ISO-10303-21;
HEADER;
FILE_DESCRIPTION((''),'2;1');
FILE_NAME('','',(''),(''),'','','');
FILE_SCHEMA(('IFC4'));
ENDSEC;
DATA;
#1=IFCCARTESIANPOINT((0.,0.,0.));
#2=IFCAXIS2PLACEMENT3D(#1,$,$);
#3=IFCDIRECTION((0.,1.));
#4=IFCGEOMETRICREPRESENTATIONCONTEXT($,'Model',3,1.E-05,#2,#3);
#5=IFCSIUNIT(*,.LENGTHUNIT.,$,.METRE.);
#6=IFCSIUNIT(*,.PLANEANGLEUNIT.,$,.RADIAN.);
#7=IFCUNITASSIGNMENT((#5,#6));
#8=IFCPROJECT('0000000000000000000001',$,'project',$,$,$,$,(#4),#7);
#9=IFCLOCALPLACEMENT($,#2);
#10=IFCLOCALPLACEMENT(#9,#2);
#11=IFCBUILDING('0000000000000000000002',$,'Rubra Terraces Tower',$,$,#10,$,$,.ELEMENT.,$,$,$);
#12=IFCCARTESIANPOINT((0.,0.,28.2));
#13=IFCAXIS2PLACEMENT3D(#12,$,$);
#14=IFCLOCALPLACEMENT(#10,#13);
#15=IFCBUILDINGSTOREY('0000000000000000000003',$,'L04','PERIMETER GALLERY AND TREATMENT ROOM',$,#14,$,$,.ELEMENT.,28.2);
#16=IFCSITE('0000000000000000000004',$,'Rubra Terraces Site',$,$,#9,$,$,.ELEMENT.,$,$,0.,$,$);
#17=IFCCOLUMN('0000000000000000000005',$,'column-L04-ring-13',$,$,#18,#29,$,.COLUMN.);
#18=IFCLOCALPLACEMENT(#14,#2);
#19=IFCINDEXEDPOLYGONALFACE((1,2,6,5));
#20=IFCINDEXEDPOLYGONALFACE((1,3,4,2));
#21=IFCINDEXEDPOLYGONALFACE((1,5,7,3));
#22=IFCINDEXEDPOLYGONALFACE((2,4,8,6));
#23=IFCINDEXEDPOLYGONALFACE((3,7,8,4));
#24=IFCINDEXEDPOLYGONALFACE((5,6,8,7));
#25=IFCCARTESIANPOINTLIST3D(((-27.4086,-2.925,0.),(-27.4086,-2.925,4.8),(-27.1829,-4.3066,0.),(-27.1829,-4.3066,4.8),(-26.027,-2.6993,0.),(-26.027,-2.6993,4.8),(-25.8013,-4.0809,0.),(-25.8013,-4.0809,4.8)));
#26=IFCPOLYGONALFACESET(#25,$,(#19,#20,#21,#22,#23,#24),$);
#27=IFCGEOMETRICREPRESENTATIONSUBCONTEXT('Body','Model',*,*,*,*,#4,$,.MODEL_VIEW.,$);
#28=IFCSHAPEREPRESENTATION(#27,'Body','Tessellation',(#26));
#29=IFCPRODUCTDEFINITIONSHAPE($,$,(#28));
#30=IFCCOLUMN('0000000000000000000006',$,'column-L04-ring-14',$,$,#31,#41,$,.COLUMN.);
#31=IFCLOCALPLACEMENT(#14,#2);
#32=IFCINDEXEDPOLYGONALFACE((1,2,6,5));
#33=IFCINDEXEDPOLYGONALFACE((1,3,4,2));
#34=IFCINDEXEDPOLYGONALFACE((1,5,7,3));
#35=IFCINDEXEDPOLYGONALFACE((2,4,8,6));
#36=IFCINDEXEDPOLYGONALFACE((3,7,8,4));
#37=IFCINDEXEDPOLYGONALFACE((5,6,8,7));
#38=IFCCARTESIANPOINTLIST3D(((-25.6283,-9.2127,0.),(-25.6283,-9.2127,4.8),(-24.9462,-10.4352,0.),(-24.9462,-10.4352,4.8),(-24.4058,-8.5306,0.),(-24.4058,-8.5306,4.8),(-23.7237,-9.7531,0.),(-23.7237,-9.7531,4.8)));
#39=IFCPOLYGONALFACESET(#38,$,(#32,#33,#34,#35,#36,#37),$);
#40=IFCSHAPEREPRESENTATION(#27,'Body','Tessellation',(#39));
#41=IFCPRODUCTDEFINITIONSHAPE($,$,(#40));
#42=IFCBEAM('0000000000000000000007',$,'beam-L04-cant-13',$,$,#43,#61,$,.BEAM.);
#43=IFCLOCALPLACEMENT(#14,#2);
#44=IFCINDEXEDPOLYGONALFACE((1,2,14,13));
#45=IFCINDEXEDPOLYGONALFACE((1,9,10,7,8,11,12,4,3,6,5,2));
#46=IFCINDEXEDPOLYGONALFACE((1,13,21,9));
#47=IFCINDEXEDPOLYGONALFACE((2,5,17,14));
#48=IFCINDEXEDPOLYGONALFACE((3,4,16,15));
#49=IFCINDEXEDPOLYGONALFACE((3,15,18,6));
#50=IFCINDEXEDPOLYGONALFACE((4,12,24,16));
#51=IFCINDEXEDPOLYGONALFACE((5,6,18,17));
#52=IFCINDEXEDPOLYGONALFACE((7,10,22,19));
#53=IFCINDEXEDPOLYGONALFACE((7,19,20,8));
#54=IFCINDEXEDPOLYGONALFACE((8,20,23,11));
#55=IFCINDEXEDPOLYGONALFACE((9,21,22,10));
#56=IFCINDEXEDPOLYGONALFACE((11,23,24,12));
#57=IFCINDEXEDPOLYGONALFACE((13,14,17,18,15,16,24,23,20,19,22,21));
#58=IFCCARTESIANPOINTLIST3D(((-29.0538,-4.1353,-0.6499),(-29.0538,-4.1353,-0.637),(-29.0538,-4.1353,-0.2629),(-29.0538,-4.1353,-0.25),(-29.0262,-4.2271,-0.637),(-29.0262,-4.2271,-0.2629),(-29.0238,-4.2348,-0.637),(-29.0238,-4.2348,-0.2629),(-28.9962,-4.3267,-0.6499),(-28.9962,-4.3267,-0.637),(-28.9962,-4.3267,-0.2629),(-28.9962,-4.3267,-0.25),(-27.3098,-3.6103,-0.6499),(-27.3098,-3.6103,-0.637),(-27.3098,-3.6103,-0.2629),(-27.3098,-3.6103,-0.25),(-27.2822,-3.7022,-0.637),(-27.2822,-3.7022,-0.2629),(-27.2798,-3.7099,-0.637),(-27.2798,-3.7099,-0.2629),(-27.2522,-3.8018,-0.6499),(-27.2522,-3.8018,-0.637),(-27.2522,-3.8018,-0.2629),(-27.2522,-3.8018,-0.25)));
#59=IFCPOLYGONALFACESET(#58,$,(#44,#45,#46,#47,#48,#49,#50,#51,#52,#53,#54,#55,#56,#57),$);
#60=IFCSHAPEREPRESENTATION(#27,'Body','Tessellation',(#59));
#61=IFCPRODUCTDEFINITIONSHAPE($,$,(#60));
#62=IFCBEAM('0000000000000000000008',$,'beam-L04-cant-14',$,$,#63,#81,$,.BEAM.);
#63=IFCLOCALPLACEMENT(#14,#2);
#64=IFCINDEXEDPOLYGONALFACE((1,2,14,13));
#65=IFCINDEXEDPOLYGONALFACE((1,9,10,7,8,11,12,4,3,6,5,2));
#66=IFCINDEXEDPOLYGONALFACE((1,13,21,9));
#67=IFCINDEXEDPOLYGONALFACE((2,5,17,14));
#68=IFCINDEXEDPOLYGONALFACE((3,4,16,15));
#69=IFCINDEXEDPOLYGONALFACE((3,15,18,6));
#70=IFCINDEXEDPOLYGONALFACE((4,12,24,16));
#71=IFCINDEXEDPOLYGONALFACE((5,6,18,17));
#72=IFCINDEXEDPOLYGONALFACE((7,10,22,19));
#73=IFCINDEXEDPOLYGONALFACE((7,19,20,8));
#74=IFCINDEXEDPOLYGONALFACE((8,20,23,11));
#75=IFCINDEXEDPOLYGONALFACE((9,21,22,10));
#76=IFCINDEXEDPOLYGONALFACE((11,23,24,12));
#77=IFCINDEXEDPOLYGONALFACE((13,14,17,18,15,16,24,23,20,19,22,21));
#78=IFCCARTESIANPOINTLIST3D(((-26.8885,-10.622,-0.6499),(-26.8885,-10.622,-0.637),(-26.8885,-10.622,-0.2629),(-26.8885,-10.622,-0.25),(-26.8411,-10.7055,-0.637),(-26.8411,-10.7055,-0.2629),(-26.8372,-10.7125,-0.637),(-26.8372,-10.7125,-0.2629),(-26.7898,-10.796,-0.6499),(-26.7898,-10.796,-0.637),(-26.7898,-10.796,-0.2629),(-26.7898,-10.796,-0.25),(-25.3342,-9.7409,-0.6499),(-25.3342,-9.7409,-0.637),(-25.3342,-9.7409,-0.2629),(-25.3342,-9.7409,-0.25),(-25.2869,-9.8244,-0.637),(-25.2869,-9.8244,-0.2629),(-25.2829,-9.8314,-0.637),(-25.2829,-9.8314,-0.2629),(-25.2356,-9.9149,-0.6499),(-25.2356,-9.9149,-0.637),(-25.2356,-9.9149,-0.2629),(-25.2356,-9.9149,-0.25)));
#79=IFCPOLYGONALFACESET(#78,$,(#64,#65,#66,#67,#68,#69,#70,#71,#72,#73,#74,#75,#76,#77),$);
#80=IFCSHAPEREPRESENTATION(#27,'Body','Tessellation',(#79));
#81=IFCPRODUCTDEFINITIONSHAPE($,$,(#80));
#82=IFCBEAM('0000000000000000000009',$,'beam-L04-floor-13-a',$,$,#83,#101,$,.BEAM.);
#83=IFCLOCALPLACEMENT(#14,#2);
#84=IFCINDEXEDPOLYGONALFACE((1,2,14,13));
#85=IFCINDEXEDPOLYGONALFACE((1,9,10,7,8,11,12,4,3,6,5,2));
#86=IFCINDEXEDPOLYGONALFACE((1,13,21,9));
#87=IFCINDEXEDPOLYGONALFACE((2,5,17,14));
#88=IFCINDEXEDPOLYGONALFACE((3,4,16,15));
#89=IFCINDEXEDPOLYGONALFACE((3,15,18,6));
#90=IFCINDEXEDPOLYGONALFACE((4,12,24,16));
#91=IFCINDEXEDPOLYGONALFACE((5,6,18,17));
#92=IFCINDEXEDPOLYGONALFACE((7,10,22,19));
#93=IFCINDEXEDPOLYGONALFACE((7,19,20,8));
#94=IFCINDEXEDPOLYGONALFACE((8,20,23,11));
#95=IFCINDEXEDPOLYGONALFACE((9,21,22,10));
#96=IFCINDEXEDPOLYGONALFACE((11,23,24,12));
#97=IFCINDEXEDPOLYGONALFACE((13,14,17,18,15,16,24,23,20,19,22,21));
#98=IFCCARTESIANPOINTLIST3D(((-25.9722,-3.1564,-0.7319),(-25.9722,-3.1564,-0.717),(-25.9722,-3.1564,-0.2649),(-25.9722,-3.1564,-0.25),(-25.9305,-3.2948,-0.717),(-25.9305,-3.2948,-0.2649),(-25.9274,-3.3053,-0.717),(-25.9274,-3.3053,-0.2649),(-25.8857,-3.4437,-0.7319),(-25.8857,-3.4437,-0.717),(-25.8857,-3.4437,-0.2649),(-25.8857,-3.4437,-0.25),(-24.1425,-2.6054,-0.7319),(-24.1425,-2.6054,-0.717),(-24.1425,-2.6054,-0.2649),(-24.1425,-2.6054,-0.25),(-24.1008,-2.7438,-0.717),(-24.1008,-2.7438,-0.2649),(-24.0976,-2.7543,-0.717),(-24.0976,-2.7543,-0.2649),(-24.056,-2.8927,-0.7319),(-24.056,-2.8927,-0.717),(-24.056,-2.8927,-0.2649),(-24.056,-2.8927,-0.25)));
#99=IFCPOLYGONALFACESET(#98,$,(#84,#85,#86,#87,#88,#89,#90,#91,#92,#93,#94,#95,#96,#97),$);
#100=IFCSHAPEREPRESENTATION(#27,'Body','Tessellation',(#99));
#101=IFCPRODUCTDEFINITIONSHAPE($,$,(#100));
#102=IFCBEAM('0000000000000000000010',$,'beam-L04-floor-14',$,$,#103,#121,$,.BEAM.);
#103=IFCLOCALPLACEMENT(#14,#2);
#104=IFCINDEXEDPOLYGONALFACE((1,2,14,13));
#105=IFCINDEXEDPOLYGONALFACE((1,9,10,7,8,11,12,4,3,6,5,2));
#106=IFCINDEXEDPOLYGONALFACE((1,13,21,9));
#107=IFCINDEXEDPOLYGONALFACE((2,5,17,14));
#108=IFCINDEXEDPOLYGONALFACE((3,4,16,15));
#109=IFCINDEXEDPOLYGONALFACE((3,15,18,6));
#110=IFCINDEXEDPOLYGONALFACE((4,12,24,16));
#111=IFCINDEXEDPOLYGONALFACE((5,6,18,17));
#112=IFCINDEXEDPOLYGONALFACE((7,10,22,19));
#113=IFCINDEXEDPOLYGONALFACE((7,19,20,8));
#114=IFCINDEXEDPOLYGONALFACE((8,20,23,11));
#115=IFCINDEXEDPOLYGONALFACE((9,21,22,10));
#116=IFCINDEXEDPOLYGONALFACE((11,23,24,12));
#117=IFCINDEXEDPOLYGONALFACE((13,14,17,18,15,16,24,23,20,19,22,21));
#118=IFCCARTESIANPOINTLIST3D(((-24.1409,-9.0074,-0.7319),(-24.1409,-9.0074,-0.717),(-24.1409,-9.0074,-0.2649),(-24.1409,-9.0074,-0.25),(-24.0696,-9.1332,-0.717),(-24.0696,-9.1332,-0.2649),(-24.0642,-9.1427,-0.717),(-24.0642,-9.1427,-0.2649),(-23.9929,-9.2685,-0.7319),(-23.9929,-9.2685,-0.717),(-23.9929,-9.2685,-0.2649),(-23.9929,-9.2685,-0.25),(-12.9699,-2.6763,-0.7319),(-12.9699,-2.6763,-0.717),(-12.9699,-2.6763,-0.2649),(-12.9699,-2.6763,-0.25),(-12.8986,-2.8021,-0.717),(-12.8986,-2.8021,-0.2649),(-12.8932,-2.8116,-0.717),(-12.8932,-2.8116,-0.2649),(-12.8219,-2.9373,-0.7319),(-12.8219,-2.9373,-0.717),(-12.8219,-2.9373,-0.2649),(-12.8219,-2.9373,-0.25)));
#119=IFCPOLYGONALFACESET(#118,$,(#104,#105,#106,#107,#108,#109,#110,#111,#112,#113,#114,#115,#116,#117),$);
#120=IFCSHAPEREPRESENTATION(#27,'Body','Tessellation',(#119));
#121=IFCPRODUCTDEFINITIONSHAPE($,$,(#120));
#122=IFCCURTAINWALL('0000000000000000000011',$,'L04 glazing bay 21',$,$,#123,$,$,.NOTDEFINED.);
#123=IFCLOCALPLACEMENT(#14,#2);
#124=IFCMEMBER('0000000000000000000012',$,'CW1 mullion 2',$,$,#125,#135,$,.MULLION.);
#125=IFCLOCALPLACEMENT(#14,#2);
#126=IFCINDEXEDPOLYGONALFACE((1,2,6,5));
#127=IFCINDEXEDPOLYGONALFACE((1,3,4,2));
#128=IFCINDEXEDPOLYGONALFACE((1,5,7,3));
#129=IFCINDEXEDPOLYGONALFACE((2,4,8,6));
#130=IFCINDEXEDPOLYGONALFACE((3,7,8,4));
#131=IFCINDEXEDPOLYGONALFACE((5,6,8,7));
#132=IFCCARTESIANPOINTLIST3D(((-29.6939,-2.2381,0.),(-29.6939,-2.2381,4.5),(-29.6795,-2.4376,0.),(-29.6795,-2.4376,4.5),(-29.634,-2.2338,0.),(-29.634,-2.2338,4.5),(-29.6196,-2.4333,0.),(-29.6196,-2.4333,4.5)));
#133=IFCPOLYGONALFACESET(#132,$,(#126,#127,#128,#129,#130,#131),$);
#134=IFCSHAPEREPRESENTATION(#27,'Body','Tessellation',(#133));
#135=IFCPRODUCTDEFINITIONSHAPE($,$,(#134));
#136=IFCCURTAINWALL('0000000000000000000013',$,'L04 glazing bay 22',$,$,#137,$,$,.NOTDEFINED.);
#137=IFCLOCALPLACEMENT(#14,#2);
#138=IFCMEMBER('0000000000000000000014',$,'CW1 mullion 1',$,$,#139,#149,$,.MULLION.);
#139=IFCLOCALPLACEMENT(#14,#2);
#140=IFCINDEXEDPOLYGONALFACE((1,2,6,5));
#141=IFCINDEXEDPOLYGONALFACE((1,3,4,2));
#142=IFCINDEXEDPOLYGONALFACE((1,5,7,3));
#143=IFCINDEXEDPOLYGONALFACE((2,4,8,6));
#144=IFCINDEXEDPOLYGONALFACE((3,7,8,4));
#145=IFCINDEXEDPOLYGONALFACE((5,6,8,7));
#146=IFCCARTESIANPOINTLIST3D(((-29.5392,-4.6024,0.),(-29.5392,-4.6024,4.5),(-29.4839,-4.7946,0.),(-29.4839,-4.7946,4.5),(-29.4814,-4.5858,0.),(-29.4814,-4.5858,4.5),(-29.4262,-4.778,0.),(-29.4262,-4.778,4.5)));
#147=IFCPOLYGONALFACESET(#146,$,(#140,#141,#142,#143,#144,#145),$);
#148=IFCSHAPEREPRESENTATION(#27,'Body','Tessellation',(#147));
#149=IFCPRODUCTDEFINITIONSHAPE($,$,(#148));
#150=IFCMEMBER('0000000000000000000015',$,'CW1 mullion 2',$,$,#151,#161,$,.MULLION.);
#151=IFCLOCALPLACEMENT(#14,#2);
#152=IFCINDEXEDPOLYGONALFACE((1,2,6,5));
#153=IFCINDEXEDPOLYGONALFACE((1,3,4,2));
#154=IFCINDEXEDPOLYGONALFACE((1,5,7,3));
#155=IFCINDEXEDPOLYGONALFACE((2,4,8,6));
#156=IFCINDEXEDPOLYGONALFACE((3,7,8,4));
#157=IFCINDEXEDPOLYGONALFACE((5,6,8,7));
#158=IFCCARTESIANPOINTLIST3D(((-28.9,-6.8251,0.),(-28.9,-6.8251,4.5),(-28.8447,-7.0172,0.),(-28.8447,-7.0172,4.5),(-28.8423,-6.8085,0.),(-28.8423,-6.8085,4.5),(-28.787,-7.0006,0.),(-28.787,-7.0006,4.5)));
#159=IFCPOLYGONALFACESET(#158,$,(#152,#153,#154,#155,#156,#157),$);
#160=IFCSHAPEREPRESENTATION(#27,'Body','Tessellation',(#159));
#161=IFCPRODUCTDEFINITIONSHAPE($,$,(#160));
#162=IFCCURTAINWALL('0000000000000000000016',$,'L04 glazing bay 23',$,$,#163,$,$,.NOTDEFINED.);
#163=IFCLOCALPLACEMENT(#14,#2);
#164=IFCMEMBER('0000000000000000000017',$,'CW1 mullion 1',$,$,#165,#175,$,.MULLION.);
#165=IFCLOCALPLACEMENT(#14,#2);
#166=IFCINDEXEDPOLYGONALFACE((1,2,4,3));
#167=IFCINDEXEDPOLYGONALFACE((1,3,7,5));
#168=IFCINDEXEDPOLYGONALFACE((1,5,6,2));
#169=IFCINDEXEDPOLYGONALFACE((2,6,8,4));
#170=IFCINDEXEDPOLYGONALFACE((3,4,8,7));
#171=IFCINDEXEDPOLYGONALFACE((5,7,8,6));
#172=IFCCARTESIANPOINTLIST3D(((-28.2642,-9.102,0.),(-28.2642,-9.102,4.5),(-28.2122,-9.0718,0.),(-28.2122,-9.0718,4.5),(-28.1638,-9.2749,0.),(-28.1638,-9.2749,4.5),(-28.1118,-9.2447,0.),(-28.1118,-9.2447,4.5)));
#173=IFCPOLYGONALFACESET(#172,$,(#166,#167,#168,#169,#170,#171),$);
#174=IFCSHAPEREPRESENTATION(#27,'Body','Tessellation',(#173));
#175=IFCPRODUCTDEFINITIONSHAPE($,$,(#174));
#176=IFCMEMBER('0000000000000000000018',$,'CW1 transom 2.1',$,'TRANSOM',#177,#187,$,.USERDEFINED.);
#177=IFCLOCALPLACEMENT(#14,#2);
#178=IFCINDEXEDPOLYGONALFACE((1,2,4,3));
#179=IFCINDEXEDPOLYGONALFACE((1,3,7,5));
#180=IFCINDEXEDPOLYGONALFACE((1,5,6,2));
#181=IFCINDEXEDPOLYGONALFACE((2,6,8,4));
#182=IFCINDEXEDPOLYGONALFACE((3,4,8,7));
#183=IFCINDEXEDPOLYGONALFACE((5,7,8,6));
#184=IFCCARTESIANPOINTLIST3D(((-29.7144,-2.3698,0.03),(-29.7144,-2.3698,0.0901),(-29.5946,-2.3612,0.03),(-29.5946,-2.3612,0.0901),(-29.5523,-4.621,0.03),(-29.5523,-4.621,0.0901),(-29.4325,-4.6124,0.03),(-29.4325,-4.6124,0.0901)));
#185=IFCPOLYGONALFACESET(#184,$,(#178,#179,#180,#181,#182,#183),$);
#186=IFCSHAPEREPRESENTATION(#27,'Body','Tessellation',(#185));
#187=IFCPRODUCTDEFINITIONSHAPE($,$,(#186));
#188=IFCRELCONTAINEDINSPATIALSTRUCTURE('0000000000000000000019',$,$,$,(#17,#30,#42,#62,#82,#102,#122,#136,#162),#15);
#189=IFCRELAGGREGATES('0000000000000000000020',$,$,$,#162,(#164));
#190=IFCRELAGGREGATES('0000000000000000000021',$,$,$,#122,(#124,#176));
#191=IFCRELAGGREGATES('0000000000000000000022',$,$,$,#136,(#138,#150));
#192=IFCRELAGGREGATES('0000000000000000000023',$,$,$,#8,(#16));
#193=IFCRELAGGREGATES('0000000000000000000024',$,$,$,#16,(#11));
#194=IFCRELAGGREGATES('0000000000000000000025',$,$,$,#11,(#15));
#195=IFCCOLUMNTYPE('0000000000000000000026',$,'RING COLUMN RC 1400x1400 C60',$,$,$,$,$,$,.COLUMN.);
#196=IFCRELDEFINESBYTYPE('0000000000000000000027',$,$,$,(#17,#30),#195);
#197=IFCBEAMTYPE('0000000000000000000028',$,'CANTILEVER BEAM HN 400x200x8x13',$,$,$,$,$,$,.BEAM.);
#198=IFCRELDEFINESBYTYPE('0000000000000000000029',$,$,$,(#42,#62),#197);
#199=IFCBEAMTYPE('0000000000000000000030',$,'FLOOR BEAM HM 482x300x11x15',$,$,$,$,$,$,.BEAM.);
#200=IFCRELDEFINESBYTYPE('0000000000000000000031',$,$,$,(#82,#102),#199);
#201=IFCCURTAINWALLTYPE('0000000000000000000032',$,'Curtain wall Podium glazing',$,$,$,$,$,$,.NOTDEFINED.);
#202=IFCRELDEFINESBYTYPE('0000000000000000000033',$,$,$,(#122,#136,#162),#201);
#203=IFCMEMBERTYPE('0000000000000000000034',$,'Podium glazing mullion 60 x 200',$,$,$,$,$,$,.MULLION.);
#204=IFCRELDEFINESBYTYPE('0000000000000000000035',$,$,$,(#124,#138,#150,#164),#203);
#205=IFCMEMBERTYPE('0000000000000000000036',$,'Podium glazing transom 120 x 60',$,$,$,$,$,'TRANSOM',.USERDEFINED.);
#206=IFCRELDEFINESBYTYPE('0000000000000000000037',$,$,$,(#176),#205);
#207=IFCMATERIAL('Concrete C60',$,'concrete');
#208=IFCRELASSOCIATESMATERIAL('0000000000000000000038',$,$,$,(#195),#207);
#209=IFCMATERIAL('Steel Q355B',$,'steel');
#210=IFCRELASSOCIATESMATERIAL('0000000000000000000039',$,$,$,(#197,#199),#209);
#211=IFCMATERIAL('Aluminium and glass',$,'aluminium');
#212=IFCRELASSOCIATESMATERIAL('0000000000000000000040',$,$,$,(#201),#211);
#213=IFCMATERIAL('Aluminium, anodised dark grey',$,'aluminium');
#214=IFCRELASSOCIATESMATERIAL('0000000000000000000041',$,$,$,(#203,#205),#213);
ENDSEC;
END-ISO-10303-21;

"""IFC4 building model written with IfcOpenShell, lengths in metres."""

from ifc_helpers import new_model, si_unit, direction, frame, origin, origin_2d, place, context, subcontext, project, spatial, rectangle, i_section, extrude, material, material_profile, profile_set, type_object, element, aggregate, save


model = new_model("IFC4")

# Units and contexts
model_context = context("Model", 3, precision=1e-05, world=origin(), true_north=direction((0.0, 1.0)))
body_context = subcontext(model_context, "Body", "Model", "MODEL_VIEW")
ifc_project = project(units=[si_unit("LENGTHUNIT", "METRE"), si_unit("PLANEANGLEUNIT", "RADIAN")], contexts=[model_context])

# Site, building, storey
site_placement = place(None, origin())
site = spatial("IfcSite", under=ifc_project, at=site_placement, Name="Rubra Terraces Site", CompositionType="ELEMENT", RefElevation=0.0)
building_placement = place(site_placement, origin())
building = spatial("IfcBuilding", under=site, at=building_placement, Name="Rubra Terraces Tower", CompositionType="ELEMENT")
storey_placement = place(building_placement, frame((0.0, 0.0, 28.2)))
storey = spatial("IfcBuildingStorey", under=building, at=storey_placement, Name="L04", Description="PERIMETER GALLERY AND TREATMENT ROOM", CompositionType="ELEMENT", Elevation=28.2)

# Columns
ifc_material_1 = material(Name="Concrete C60", Category="concrete")
ifc_material_profile_1 = material_profile(ifc_material_1, rectangle(XDim=1.3999, YDim=1.3999, at=origin_2d()), Name="RC 1400x1400")
ifc_profile_set_1 = profile_set([ifc_material_profile_1], Name="Concrete C60")
column_type = type_object("IfcColumnType", Name="RING COLUMN RC 1400x1400 C60", PredefinedType="COLUMN", material=ifc_profile_set_1)
for number, where, z_axis, x_axis, name in (
    (1, (-26.605, -3.5029, 0.0), (0.0, 0.0, 1.0), (0.161234, -0.986916, 0.0), "column-L04-ring-13"),
    (2, (-24.676, -9.4829, 0.0), (0.0, 0.0, 1.0), (0.487227, -0.873276, 0.0), "column-L04-ring-14"),
):
    element("IfcColumn", number, at=place(storey_placement, frame(where, z_axis=z_axis, x_axis=x_axis)), inside=storey, type_object=column_type, Name=name, PredefinedType="COLUMN", context=body_context, shape_type="SweptSolid", body=[
        extrude(rectangle(XDim=1.3999, YDim=1.3999, at=origin_2d()), origin(), (0.0, 0.0, 1.0), 4.8),
    ])

# Beams
ifc_material_2 = material(Name="Steel Q355B", Category="steel")
ifc_material_profile_2 = material_profile(ifc_material_2, i_section(OverallWidth=0.2, OverallDepth=0.3999, WebThickness=0.0081, FlangeThickness=0.0129, at=origin_2d()), Name="HN 400x200x8x13")
ifc_profile_set_2 = profile_set([ifc_material_profile_2], Name="Steel Q355B")
beam_type_1 = type_object("IfcBeamType", Name="CANTILEVER BEAM HN 400x200x8x13", PredefinedType="BEAM", material=ifc_profile_set_2)
beam_1_placement = place(storey_placement, frame((-27.281, -3.7061, -0.45), z_axis=(-0.957564, -0.288221, 0.0), x_axis=(0.288221, -0.957564, 0.0)))
element("IfcBeam", 3, at=beam_1_placement, inside=storey, type_object=beam_type_1, Name="beam-L04-cant-13", PredefinedType="BEAM", context=body_context, shape_type="SweptSolid", body=[
    extrude(i_section(OverallWidth=0.2, OverallDepth=0.3999, WebThickness=0.0081, FlangeThickness=0.0129, at=origin_2d()), origin(), (0.0, 0.0, 1.0), 1.8213),
])
beam_2_placement = place(storey_placement, frame((-25.2849, -9.8279, -0.45), z_axis=(-0.869928, -0.493178, 0.0), x_axis=(0.493178, -0.869928, 0.0)))
element("IfcBeam", 4, at=beam_2_placement, inside=storey, type_object=beam_type_1, Name="beam-L04-cant-14", PredefinedType="BEAM", context=body_context, shape_type="SweptSolid", body=[
    extrude(i_section(OverallWidth=0.2, OverallDepth=0.3999, WebThickness=0.0081, FlangeThickness=0.0129, at=origin_2d()), origin(), (0.0, 0.0, 1.0), 1.7866),
])
ifc_material_profile_3 = material_profile(ifc_material_2, i_section(OverallWidth=0.3, OverallDepth=0.4819, WebThickness=0.011, FlangeThickness=0.0149, at=origin_2d()), Name="HM 482x300x11x15")
ifc_profile_set_3 = profile_set([ifc_material_profile_3], Name="Steel Q355B")
beam_type_2 = type_object("IfcBeamType", Name="FLOOR BEAM HM 482x300x11x15", PredefinedType="BEAM", material=ifc_profile_set_3)
beam_3_placement = place(storey_placement, frame((-25.929, -3.3, -0.491), z_axis=(0.957527, 0.288344, 0.0), x_axis=(-0.288344, 0.957527, 0.0)))
element("IfcBeam", 5, at=beam_3_placement, inside=storey, type_object=beam_type_2, Name="beam-L04-floor-13-a", PredefinedType="BEAM", context=body_context, shape_type="SweptSolid", body=[
    extrude(i_section(OverallWidth=0.3, OverallDepth=0.4819, WebThickness=0.011, FlangeThickness=0.0149, at=origin_2d()), origin(), (0.0, 0.0, 1.0), 1.9109),
])
beam_4_placement = place(storey_placement, frame((-24.0669, -9.1379, -0.491), z_axis=(0.869993, 0.493064, 0.0), x_axis=(-0.493064, 0.869993, 0.0)))
element("IfcBeam", 6, at=beam_4_placement, inside=storey, type_object=beam_type_2, Name="beam-L04-floor-14", PredefinedType="BEAM", context=body_context, shape_type="SweptSolid", body=[
    extrude(i_section(OverallWidth=0.3, OverallDepth=0.4819, WebThickness=0.011, FlangeThickness=0.0149, at=origin_2d()), origin(), (0.0, 0.0, 1.0), 12.8403),
])

# Curtain wall, member
ifc_material_3 = material(Name="Aluminium and glass", Category="aluminium")
curtain_wall_type = type_object("IfcCurtainWallType", Name="Curtain wall Podium glazing", PredefinedType="NOTDEFINED", material=ifc_material_3)
curtain_wall_1_placement = place(storey_placement, origin())
curtain_wall_1 = element("IfcCurtainWall", 7, at=curtain_wall_1_placement, inside=storey, type_object=curtain_wall_type, Name="L04 glazing bay 21", PredefinedType="NOTDEFINED")
ifc_material_4 = material(Name="Aluminium, anodised dark grey", Category="aluminium")
ifc_material_profile_4 = material_profile(ifc_material_4, rectangle(XDim=0.0601, YDim=0.2, at=origin_2d()), Name="AL 60x200")
ifc_profile_set_4 = profile_set([ifc_material_profile_4], Name="Aluminium, anodised dark grey")
member_type_1 = type_object("IfcMemberType", Name="Podium glazing mullion 60 x 200", PredefinedType="MULLION", material=ifc_profile_set_4)
member_1_placement = place(storey_placement, frame((-29.6567, -2.3357, 0.0), z_axis=(0.0, 0.0, 1.0), x_axis=(0.99742, 0.071792, 0.0)))
member_1 = element("IfcMember", 8, at=member_1_placement, type_object=member_type_1, Name="CW1 mullion 2", PredefinedType="MULLION", context=body_context, shape_type="SweptSolid", body=[
    extrude(rectangle(XDim=0.0601, YDim=0.2, at=origin_2d()), origin(), (0.0, 0.0, 1.0), 4.5),
])

# Curtain wall, members
curtain_wall_2_placement = place(storey_placement, origin())
curtain_wall_2 = element("IfcCurtainWall", 9, at=curtain_wall_2_placement, inside=storey, type_object=curtain_wall_type, Name="L04 glazing bay 22", PredefinedType="NOTDEFINED")
member_2_placement = place(storey_placement, frame((-29.4827, -4.6902, 0.0), z_axis=(0.0, 0.0, 1.0), x_axis=(0.961047, 0.276384, 0.0)))
member_2 = element("IfcMember", 10, at=member_2_placement, type_object=member_type_1, Name="CW1 mullion 1", PredefinedType="MULLION", context=body_context, shape_type="SweptSolid", body=[
    extrude(rectangle(XDim=0.0601, YDim=0.2, at=origin_2d()), origin(), (0.0, 0.0, 1.0), 4.5),
])
member_3_placement = place(storey_placement, frame((-28.8435, -6.9128, 0.0), z_axis=(0.0, 0.0, 1.0), x_axis=(0.961047, 0.276384, 0.0)))
member_3 = element("IfcMember", 11, at=member_3_placement, type_object=member_type_1, Name="CW1 mullion 2", PredefinedType="MULLION", context=body_context, shape_type="SweptSolid", body=[
    extrude(rectangle(XDim=0.0601, YDim=0.2, at=origin_2d()), origin(), (0.0, 0.0, 1.0), 4.5),
])

# Curtain wall, member
curtain_wall_3_placement = place(storey_placement, origin())
curtain_wall_3 = element("IfcCurtainWall", 12, at=curtain_wall_3_placement, inside=storey, type_object=curtain_wall_type, Name="L04 glazing bay 23", PredefinedType="NOTDEFINED")
member_4_placement = place(storey_placement, frame((-28.188, -9.1733, 0.0), z_axis=(0.0, 0.0, 1.0), x_axis=(0.864813, 0.502094, 0.0)))
member_4 = element("IfcMember", 13, at=member_4_placement, type_object=member_type_1, Name="CW1 mullion 1", PredefinedType="MULLION", context=body_context, shape_type="SweptSolid", body=[
    extrude(rectangle(XDim=0.0601, YDim=0.2, at=origin_2d()), origin(), (0.0, 0.0, 1.0), 4.5),
])

# Member
ifc_material_profile_5 = material_profile(ifc_material_4, rectangle(XDim=0.1201, YDim=0.0601, at=origin_2d()), Name="AL 120x60")
ifc_profile_set_5 = profile_set([ifc_material_profile_5], Name="Aluminium, anodised dark grey")
member_type_2 = type_object("IfcMemberType", Name="Podium glazing transom 120 x 60", ElementType="TRANSOM", PredefinedType="USERDEFINED", material=ifc_profile_set_5)
member_5_placement = place(storey_placement, frame((-29.6545, -2.3655, 0.0601), z_axis=(0.071824, -0.997417, 0.0), x_axis=(0.997417, 0.071824, 0.0)))
member_5 = element("IfcMember", 14, at=member_5_placement, type_object=member_type_2, Name="CW1 transom 2.1", ObjectType="TRANSOM", PredefinedType="USERDEFINED", context=body_context, shape_type="SweptSolid", body=[
    extrude(rectangle(XDim=0.1201, YDim=0.0601, at=origin_2d()), origin(), (0.0, 0.0, 1.0), 2.2571),
])
aggregate(curtain_wall_3, [member_4])

aggregate(curtain_wall_1, [member_1, member_5])
aggregate(curtain_wall_2, [member_2, member_3])

save(model, "model.ifc")
